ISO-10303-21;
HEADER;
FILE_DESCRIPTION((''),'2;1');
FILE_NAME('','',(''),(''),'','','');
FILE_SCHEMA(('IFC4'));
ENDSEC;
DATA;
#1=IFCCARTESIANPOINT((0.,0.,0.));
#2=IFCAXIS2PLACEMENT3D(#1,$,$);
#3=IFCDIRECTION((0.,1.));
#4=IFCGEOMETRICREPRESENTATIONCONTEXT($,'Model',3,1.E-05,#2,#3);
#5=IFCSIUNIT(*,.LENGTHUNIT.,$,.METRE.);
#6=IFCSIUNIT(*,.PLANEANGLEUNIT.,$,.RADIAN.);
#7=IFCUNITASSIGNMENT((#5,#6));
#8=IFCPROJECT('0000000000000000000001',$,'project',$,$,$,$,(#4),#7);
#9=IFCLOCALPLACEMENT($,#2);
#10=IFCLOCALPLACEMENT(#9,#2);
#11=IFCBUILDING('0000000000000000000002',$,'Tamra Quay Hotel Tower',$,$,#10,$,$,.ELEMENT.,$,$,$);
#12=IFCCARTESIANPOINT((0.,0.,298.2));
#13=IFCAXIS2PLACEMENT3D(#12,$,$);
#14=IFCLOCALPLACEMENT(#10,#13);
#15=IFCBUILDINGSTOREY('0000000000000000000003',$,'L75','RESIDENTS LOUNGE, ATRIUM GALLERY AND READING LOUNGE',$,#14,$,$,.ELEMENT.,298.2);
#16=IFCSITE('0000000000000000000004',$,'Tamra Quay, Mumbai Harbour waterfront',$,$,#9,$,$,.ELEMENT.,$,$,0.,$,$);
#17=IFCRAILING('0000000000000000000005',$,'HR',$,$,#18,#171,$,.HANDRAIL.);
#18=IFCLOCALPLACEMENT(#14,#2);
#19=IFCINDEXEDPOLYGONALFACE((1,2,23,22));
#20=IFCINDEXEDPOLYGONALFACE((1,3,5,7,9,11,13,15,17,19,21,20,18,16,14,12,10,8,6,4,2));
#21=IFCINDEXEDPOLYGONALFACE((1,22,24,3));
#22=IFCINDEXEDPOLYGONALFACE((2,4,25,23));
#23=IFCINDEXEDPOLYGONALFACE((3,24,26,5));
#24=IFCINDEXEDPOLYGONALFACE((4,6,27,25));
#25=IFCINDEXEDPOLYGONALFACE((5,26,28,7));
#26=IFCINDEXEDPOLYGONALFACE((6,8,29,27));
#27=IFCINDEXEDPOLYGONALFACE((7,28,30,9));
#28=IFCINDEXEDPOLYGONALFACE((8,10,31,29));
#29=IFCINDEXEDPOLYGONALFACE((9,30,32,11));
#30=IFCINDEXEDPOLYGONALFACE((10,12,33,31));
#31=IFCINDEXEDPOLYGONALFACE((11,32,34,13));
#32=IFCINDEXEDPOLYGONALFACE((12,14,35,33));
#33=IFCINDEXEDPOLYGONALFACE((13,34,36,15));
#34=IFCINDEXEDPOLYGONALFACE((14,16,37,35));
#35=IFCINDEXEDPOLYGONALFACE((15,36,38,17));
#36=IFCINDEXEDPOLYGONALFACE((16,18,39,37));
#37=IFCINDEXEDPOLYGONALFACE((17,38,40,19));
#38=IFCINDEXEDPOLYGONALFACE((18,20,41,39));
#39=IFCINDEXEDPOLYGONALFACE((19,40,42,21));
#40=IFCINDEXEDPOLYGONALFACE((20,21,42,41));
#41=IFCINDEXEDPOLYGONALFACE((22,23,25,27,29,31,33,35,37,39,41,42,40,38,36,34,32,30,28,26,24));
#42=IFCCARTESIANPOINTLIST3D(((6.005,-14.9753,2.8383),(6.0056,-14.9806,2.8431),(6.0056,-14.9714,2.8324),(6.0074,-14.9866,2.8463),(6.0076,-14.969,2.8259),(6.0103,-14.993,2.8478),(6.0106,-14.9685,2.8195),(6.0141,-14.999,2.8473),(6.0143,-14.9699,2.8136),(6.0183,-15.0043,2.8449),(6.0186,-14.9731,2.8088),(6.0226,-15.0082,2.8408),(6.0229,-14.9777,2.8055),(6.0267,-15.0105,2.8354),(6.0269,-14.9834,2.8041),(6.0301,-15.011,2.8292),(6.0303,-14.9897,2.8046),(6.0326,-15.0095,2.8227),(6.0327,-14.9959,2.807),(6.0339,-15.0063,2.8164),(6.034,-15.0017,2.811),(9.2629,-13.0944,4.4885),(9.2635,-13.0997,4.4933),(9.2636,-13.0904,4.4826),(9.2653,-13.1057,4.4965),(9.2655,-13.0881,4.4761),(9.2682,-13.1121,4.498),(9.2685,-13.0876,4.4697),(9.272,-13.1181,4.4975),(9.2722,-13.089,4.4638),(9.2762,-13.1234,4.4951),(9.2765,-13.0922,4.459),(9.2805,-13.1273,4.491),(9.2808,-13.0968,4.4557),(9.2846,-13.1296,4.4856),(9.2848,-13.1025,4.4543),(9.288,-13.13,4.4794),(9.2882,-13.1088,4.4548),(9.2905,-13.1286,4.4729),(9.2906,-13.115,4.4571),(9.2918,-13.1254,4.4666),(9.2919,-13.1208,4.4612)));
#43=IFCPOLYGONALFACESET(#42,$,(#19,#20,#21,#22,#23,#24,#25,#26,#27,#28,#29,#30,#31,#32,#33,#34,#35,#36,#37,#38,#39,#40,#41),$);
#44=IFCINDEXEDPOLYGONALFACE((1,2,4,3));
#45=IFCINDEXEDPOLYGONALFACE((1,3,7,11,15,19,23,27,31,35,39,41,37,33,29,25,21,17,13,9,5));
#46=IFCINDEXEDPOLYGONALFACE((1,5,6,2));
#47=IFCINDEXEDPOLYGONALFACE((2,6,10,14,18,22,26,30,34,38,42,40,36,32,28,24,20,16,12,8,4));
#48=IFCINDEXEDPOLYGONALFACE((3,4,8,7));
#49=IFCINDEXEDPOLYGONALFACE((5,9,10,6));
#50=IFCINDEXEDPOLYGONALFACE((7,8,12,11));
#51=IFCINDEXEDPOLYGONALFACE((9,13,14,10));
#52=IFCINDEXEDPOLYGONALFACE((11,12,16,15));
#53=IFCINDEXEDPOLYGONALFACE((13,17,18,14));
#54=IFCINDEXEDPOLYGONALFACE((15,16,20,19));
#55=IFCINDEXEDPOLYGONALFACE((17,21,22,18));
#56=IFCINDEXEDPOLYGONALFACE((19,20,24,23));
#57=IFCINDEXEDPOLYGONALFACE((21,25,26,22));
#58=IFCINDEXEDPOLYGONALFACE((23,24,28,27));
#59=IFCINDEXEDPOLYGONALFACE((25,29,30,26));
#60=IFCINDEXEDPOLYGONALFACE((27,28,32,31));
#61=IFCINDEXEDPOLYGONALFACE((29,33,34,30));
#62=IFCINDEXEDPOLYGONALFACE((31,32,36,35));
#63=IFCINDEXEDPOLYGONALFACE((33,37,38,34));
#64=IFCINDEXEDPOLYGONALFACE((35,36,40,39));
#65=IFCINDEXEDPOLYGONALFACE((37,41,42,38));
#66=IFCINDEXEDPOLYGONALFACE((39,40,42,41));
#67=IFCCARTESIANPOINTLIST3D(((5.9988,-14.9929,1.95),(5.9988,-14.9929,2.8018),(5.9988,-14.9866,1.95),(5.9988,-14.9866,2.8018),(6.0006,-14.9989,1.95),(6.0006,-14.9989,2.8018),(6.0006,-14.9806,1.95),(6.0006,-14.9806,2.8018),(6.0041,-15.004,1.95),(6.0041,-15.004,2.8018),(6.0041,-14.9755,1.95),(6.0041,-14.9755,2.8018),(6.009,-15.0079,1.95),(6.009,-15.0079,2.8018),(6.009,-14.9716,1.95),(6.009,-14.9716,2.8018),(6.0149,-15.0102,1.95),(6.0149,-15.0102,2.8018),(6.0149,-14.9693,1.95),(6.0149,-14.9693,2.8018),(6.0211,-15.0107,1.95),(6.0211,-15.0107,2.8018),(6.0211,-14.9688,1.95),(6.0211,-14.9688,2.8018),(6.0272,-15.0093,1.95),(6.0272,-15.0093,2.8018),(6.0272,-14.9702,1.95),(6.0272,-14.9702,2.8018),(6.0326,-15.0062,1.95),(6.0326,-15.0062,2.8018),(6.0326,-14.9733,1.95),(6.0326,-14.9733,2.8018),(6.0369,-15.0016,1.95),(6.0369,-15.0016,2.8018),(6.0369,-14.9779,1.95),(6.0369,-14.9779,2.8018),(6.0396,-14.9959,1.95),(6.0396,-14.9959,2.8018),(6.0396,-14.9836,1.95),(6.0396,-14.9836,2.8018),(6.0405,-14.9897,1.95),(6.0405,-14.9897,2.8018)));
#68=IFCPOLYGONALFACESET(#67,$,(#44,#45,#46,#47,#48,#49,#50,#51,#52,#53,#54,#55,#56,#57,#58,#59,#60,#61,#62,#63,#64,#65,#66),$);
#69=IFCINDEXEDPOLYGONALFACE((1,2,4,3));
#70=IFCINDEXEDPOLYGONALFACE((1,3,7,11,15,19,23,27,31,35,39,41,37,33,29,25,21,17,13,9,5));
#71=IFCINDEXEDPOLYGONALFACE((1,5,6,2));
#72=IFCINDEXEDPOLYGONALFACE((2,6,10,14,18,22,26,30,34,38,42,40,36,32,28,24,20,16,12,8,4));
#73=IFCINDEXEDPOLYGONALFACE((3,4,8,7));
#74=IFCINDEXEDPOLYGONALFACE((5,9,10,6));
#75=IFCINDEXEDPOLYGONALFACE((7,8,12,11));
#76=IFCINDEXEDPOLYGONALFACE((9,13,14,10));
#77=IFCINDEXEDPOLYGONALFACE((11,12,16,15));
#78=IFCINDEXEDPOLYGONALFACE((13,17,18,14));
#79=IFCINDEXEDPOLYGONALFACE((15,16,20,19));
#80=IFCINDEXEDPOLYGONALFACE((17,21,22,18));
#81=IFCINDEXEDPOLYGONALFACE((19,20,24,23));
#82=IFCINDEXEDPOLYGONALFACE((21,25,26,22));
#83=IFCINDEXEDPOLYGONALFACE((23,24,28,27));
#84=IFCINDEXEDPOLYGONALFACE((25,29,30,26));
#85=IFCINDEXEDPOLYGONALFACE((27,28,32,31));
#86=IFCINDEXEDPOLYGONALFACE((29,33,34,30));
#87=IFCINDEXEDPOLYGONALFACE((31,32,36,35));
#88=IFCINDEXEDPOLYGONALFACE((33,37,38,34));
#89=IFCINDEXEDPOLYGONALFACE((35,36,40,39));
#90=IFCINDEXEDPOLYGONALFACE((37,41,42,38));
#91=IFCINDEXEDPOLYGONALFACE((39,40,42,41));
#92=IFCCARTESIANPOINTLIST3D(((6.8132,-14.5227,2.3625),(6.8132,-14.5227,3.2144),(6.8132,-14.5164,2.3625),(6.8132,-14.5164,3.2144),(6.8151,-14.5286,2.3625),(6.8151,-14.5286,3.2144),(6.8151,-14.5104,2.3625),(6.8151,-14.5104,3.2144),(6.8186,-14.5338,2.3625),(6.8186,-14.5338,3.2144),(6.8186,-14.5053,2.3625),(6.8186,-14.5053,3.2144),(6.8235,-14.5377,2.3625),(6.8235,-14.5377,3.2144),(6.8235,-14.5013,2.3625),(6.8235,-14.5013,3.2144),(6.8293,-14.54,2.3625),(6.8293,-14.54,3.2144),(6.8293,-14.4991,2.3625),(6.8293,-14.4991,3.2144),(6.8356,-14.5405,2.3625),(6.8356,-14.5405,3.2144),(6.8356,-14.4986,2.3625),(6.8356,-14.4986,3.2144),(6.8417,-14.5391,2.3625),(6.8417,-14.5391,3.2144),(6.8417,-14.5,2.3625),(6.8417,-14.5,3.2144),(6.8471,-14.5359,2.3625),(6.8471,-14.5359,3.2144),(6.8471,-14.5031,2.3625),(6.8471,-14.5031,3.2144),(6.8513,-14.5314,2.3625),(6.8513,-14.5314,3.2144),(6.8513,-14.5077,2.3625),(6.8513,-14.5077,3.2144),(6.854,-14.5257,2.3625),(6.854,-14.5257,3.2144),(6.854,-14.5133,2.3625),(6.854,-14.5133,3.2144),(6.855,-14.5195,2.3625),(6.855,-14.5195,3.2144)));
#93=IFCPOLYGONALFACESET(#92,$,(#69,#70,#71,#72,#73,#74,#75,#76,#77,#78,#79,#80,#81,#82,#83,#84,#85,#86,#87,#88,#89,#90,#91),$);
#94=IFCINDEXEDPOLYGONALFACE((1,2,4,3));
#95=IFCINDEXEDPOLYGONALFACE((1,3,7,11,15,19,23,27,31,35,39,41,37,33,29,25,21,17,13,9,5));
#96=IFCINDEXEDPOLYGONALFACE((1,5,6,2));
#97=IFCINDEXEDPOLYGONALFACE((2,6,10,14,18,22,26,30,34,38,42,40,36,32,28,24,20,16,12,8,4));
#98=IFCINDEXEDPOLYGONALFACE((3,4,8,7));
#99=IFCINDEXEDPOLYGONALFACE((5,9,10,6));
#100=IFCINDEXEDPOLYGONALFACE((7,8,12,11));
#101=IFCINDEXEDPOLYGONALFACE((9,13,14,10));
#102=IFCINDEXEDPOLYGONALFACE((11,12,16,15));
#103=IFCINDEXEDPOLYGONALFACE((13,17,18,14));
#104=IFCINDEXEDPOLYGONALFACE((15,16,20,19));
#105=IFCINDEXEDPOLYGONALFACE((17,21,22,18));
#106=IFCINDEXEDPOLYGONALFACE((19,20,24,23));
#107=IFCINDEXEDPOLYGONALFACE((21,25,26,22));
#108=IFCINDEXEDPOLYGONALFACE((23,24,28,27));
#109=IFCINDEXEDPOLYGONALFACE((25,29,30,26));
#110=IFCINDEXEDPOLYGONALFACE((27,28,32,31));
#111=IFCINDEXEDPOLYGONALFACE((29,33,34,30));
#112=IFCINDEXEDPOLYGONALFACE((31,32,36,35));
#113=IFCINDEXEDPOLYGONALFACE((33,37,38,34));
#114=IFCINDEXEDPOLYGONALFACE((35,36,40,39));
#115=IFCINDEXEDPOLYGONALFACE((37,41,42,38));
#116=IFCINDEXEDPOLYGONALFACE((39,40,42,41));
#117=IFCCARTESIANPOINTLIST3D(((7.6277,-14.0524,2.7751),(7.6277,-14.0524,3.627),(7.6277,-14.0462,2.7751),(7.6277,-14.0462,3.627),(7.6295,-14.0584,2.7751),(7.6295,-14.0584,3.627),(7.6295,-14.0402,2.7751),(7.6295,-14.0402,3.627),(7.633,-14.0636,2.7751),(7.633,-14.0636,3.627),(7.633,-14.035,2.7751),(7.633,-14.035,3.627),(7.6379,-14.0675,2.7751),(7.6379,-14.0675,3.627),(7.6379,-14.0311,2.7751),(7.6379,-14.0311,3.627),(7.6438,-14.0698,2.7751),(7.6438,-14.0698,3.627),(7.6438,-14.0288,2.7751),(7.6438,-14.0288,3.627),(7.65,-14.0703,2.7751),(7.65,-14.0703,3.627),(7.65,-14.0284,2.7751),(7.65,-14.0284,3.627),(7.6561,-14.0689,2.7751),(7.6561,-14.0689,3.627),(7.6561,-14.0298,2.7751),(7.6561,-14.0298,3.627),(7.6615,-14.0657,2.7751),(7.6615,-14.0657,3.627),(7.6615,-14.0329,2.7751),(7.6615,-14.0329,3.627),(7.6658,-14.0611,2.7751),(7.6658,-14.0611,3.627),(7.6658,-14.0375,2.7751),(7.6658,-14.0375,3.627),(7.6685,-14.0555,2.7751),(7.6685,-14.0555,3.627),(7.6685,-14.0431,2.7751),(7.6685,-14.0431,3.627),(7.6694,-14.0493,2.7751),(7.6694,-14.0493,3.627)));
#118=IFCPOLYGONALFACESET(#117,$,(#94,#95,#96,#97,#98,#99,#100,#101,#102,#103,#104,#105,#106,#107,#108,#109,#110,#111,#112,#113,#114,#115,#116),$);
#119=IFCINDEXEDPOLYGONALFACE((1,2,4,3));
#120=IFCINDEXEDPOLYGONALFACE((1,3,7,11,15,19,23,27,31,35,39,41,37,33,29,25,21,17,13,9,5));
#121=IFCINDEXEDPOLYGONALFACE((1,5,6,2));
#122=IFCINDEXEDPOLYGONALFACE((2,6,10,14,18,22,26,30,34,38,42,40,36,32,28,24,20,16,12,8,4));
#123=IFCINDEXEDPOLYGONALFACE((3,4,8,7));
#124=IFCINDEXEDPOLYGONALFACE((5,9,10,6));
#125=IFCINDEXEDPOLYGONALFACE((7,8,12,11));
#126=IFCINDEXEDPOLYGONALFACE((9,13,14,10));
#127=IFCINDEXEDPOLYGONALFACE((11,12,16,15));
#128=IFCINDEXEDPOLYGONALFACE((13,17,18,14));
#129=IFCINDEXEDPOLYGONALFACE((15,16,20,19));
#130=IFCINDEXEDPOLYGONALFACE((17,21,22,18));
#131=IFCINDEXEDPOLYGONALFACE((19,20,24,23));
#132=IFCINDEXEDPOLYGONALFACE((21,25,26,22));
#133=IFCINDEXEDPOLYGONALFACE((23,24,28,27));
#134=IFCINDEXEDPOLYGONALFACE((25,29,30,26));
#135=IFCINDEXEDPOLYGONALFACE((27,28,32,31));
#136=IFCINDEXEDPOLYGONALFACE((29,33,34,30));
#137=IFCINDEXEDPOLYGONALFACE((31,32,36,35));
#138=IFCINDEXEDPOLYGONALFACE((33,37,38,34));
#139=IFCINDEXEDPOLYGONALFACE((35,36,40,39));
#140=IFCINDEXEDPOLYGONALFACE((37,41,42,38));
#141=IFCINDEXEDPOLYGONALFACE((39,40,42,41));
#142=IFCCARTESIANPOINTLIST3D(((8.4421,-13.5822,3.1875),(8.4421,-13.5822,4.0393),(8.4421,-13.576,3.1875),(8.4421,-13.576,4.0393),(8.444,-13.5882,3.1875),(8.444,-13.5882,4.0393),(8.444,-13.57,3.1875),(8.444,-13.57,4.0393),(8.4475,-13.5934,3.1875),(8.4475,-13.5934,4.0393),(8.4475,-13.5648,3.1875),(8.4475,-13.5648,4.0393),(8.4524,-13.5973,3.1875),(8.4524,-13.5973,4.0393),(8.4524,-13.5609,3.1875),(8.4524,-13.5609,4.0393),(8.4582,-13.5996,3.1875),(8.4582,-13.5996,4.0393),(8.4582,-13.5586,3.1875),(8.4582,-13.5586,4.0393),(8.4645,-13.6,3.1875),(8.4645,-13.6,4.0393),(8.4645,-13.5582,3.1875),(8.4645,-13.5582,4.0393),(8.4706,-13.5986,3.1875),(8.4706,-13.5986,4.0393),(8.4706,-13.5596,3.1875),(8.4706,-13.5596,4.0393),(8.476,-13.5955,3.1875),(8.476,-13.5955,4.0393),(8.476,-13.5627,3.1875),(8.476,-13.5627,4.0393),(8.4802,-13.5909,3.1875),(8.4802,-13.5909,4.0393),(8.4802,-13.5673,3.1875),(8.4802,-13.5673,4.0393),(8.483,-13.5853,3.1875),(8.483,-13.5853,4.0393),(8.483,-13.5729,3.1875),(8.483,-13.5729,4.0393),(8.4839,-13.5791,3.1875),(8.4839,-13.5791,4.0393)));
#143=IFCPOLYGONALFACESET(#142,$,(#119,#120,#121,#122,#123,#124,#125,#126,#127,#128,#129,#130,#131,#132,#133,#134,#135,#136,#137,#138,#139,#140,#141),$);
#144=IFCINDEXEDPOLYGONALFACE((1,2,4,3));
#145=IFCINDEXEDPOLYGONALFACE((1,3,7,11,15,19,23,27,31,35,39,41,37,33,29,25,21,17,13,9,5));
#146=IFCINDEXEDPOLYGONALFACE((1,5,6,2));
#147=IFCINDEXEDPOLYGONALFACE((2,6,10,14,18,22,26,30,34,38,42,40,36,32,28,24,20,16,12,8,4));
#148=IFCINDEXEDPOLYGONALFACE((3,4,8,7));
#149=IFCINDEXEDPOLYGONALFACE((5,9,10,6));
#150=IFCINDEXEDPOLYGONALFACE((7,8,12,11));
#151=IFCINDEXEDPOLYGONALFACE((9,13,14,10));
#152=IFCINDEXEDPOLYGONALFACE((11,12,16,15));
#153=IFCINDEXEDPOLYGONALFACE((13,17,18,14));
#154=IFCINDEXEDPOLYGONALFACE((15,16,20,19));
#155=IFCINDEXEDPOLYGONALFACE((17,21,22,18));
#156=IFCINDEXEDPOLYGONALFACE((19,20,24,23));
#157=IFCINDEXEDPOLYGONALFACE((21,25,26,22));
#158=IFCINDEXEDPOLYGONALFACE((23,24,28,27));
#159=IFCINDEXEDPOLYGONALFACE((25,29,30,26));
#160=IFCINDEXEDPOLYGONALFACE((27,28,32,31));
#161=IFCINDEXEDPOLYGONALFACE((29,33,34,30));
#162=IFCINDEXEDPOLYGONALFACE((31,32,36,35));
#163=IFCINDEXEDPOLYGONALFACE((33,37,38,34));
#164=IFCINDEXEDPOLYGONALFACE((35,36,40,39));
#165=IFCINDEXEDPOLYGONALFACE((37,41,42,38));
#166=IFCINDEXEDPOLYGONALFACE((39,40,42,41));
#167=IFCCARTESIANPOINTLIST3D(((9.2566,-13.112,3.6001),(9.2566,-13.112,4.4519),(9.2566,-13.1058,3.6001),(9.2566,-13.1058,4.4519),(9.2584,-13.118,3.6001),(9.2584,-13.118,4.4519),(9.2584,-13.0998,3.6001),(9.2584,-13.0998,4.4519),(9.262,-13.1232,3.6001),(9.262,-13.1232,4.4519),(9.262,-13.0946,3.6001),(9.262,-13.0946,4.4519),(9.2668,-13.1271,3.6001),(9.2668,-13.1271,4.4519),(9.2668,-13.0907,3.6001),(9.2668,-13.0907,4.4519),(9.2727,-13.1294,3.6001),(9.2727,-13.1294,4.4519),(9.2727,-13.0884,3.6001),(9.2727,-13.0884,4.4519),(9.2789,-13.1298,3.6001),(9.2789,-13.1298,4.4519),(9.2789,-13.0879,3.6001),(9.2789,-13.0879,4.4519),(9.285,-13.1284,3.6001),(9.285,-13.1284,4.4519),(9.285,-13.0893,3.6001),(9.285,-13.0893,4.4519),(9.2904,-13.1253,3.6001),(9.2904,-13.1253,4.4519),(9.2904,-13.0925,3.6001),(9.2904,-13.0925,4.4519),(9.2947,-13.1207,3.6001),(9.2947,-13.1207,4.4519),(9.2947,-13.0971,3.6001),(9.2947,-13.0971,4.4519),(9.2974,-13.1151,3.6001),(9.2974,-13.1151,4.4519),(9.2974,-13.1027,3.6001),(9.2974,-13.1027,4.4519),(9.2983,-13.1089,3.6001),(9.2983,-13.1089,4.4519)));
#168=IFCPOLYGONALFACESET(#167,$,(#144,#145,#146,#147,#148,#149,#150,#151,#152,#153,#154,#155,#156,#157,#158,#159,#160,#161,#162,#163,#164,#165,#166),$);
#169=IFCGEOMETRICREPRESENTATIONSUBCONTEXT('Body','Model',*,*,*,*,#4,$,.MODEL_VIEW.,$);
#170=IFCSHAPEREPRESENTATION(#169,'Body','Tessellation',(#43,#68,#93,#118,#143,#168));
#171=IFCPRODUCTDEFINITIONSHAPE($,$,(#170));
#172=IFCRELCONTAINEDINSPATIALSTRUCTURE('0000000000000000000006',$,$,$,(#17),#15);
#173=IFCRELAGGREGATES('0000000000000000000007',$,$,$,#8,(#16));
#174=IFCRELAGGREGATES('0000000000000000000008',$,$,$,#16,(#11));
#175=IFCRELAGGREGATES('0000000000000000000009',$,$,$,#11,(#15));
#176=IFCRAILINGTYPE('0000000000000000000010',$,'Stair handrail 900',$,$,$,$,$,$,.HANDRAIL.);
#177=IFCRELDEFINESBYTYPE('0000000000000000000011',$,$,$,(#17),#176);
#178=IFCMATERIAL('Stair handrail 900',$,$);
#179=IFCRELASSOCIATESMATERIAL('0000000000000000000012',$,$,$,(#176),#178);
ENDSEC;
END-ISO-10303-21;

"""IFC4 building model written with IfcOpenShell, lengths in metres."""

from ifc_helpers import new_model, si_unit, direction, frame, origin, origin_2d, place, context, subcontext, project, spatial, circle, extrude, material, type_object, element, save


model = new_model("IFC4")

# Units and contexts
model_context = context("Model", 3, precision=1e-05, world=origin(), true_north=direction((0.0, 1.0)))
body_context = subcontext(model_context, "Body", "Model", "MODEL_VIEW")
ifc_project = project(units=[si_unit("LENGTHUNIT", "METRE"), si_unit("PLANEANGLEUNIT", "RADIAN")], contexts=[model_context])

# Site, building, storey
site_placement = place(None, origin())
site = spatial("IfcSite", under=ifc_project, at=site_placement, Name="Tamra Quay, Mumbai Harbour waterfront", CompositionType="ELEMENT", RefElevation=0.0)
building_placement = place(site_placement, origin())
building = spatial("IfcBuilding", under=site, at=building_placement, Name="Tamra Quay Hotel Tower", CompositionType="ELEMENT")
storey_placement = place(building_placement, frame((0.0, 0.0, 298.2)))
storey = spatial("IfcBuildingStorey", under=building, at=storey_placement, Name="L75", Description="RESIDENTS LOUNGE, ATRIUM GALLERY AND READING LOUNGE", CompositionType="ELEMENT", Elevation=298.2)

# Railing
ifc_material_1 = material(Name="Stair handrail 900")
railing_type_1 = type_object("IfcRailingType", Name="Stair handrail 900", PredefinedType="HANDRAIL", material=ifc_material_1)
railing_1_placement = place(storey_placement, frame((6.0195, -14.9897, 1.95)))
element("IfcRailing", 1, at=railing_1_placement, inside=storey, type_object=railing_type_1, Name="HR", PredefinedType="HANDRAIL", context=body_context, shape_type="SweptSolid", body=[
    extrude(circle(Radius=0.0239, at=origin_2d()), frame((0.0, 0.0, 0.876), z_axis=(0.793081, 0.457876, 0.401711), x_axis=(-0.499992, 0.86603, 0.0)), (0.0, 0.0, 1.0), 4.1079),
    extrude(circle(Radius=0.021, at=origin_2d()), origin(), (0.0, 0.0, 1.0), 0.8518),
    extrude(circle(Radius=0.021, at=origin_2d()), frame((0.8145, 0.4702, 0.4126)), (0.0, 0.0, 1.0), 0.8518),
    extrude(circle(Radius=0.021, at=origin_2d()), frame((1.6289, 0.9404, 0.8252)), (0.0, 0.0, 1.0), 0.8518),
    extrude(circle(Radius=0.021, at=origin_2d()), frame((2.4434, 1.4106, 1.2375)), (0.0, 0.0, 1.0), 0.8518),
    extrude(circle(Radius=0.021, at=origin_2d()), frame((3.2578, 1.8809, 1.6501)), (0.0, 0.0, 1.0), 0.8518),
])

save(model, "model.ifc")
